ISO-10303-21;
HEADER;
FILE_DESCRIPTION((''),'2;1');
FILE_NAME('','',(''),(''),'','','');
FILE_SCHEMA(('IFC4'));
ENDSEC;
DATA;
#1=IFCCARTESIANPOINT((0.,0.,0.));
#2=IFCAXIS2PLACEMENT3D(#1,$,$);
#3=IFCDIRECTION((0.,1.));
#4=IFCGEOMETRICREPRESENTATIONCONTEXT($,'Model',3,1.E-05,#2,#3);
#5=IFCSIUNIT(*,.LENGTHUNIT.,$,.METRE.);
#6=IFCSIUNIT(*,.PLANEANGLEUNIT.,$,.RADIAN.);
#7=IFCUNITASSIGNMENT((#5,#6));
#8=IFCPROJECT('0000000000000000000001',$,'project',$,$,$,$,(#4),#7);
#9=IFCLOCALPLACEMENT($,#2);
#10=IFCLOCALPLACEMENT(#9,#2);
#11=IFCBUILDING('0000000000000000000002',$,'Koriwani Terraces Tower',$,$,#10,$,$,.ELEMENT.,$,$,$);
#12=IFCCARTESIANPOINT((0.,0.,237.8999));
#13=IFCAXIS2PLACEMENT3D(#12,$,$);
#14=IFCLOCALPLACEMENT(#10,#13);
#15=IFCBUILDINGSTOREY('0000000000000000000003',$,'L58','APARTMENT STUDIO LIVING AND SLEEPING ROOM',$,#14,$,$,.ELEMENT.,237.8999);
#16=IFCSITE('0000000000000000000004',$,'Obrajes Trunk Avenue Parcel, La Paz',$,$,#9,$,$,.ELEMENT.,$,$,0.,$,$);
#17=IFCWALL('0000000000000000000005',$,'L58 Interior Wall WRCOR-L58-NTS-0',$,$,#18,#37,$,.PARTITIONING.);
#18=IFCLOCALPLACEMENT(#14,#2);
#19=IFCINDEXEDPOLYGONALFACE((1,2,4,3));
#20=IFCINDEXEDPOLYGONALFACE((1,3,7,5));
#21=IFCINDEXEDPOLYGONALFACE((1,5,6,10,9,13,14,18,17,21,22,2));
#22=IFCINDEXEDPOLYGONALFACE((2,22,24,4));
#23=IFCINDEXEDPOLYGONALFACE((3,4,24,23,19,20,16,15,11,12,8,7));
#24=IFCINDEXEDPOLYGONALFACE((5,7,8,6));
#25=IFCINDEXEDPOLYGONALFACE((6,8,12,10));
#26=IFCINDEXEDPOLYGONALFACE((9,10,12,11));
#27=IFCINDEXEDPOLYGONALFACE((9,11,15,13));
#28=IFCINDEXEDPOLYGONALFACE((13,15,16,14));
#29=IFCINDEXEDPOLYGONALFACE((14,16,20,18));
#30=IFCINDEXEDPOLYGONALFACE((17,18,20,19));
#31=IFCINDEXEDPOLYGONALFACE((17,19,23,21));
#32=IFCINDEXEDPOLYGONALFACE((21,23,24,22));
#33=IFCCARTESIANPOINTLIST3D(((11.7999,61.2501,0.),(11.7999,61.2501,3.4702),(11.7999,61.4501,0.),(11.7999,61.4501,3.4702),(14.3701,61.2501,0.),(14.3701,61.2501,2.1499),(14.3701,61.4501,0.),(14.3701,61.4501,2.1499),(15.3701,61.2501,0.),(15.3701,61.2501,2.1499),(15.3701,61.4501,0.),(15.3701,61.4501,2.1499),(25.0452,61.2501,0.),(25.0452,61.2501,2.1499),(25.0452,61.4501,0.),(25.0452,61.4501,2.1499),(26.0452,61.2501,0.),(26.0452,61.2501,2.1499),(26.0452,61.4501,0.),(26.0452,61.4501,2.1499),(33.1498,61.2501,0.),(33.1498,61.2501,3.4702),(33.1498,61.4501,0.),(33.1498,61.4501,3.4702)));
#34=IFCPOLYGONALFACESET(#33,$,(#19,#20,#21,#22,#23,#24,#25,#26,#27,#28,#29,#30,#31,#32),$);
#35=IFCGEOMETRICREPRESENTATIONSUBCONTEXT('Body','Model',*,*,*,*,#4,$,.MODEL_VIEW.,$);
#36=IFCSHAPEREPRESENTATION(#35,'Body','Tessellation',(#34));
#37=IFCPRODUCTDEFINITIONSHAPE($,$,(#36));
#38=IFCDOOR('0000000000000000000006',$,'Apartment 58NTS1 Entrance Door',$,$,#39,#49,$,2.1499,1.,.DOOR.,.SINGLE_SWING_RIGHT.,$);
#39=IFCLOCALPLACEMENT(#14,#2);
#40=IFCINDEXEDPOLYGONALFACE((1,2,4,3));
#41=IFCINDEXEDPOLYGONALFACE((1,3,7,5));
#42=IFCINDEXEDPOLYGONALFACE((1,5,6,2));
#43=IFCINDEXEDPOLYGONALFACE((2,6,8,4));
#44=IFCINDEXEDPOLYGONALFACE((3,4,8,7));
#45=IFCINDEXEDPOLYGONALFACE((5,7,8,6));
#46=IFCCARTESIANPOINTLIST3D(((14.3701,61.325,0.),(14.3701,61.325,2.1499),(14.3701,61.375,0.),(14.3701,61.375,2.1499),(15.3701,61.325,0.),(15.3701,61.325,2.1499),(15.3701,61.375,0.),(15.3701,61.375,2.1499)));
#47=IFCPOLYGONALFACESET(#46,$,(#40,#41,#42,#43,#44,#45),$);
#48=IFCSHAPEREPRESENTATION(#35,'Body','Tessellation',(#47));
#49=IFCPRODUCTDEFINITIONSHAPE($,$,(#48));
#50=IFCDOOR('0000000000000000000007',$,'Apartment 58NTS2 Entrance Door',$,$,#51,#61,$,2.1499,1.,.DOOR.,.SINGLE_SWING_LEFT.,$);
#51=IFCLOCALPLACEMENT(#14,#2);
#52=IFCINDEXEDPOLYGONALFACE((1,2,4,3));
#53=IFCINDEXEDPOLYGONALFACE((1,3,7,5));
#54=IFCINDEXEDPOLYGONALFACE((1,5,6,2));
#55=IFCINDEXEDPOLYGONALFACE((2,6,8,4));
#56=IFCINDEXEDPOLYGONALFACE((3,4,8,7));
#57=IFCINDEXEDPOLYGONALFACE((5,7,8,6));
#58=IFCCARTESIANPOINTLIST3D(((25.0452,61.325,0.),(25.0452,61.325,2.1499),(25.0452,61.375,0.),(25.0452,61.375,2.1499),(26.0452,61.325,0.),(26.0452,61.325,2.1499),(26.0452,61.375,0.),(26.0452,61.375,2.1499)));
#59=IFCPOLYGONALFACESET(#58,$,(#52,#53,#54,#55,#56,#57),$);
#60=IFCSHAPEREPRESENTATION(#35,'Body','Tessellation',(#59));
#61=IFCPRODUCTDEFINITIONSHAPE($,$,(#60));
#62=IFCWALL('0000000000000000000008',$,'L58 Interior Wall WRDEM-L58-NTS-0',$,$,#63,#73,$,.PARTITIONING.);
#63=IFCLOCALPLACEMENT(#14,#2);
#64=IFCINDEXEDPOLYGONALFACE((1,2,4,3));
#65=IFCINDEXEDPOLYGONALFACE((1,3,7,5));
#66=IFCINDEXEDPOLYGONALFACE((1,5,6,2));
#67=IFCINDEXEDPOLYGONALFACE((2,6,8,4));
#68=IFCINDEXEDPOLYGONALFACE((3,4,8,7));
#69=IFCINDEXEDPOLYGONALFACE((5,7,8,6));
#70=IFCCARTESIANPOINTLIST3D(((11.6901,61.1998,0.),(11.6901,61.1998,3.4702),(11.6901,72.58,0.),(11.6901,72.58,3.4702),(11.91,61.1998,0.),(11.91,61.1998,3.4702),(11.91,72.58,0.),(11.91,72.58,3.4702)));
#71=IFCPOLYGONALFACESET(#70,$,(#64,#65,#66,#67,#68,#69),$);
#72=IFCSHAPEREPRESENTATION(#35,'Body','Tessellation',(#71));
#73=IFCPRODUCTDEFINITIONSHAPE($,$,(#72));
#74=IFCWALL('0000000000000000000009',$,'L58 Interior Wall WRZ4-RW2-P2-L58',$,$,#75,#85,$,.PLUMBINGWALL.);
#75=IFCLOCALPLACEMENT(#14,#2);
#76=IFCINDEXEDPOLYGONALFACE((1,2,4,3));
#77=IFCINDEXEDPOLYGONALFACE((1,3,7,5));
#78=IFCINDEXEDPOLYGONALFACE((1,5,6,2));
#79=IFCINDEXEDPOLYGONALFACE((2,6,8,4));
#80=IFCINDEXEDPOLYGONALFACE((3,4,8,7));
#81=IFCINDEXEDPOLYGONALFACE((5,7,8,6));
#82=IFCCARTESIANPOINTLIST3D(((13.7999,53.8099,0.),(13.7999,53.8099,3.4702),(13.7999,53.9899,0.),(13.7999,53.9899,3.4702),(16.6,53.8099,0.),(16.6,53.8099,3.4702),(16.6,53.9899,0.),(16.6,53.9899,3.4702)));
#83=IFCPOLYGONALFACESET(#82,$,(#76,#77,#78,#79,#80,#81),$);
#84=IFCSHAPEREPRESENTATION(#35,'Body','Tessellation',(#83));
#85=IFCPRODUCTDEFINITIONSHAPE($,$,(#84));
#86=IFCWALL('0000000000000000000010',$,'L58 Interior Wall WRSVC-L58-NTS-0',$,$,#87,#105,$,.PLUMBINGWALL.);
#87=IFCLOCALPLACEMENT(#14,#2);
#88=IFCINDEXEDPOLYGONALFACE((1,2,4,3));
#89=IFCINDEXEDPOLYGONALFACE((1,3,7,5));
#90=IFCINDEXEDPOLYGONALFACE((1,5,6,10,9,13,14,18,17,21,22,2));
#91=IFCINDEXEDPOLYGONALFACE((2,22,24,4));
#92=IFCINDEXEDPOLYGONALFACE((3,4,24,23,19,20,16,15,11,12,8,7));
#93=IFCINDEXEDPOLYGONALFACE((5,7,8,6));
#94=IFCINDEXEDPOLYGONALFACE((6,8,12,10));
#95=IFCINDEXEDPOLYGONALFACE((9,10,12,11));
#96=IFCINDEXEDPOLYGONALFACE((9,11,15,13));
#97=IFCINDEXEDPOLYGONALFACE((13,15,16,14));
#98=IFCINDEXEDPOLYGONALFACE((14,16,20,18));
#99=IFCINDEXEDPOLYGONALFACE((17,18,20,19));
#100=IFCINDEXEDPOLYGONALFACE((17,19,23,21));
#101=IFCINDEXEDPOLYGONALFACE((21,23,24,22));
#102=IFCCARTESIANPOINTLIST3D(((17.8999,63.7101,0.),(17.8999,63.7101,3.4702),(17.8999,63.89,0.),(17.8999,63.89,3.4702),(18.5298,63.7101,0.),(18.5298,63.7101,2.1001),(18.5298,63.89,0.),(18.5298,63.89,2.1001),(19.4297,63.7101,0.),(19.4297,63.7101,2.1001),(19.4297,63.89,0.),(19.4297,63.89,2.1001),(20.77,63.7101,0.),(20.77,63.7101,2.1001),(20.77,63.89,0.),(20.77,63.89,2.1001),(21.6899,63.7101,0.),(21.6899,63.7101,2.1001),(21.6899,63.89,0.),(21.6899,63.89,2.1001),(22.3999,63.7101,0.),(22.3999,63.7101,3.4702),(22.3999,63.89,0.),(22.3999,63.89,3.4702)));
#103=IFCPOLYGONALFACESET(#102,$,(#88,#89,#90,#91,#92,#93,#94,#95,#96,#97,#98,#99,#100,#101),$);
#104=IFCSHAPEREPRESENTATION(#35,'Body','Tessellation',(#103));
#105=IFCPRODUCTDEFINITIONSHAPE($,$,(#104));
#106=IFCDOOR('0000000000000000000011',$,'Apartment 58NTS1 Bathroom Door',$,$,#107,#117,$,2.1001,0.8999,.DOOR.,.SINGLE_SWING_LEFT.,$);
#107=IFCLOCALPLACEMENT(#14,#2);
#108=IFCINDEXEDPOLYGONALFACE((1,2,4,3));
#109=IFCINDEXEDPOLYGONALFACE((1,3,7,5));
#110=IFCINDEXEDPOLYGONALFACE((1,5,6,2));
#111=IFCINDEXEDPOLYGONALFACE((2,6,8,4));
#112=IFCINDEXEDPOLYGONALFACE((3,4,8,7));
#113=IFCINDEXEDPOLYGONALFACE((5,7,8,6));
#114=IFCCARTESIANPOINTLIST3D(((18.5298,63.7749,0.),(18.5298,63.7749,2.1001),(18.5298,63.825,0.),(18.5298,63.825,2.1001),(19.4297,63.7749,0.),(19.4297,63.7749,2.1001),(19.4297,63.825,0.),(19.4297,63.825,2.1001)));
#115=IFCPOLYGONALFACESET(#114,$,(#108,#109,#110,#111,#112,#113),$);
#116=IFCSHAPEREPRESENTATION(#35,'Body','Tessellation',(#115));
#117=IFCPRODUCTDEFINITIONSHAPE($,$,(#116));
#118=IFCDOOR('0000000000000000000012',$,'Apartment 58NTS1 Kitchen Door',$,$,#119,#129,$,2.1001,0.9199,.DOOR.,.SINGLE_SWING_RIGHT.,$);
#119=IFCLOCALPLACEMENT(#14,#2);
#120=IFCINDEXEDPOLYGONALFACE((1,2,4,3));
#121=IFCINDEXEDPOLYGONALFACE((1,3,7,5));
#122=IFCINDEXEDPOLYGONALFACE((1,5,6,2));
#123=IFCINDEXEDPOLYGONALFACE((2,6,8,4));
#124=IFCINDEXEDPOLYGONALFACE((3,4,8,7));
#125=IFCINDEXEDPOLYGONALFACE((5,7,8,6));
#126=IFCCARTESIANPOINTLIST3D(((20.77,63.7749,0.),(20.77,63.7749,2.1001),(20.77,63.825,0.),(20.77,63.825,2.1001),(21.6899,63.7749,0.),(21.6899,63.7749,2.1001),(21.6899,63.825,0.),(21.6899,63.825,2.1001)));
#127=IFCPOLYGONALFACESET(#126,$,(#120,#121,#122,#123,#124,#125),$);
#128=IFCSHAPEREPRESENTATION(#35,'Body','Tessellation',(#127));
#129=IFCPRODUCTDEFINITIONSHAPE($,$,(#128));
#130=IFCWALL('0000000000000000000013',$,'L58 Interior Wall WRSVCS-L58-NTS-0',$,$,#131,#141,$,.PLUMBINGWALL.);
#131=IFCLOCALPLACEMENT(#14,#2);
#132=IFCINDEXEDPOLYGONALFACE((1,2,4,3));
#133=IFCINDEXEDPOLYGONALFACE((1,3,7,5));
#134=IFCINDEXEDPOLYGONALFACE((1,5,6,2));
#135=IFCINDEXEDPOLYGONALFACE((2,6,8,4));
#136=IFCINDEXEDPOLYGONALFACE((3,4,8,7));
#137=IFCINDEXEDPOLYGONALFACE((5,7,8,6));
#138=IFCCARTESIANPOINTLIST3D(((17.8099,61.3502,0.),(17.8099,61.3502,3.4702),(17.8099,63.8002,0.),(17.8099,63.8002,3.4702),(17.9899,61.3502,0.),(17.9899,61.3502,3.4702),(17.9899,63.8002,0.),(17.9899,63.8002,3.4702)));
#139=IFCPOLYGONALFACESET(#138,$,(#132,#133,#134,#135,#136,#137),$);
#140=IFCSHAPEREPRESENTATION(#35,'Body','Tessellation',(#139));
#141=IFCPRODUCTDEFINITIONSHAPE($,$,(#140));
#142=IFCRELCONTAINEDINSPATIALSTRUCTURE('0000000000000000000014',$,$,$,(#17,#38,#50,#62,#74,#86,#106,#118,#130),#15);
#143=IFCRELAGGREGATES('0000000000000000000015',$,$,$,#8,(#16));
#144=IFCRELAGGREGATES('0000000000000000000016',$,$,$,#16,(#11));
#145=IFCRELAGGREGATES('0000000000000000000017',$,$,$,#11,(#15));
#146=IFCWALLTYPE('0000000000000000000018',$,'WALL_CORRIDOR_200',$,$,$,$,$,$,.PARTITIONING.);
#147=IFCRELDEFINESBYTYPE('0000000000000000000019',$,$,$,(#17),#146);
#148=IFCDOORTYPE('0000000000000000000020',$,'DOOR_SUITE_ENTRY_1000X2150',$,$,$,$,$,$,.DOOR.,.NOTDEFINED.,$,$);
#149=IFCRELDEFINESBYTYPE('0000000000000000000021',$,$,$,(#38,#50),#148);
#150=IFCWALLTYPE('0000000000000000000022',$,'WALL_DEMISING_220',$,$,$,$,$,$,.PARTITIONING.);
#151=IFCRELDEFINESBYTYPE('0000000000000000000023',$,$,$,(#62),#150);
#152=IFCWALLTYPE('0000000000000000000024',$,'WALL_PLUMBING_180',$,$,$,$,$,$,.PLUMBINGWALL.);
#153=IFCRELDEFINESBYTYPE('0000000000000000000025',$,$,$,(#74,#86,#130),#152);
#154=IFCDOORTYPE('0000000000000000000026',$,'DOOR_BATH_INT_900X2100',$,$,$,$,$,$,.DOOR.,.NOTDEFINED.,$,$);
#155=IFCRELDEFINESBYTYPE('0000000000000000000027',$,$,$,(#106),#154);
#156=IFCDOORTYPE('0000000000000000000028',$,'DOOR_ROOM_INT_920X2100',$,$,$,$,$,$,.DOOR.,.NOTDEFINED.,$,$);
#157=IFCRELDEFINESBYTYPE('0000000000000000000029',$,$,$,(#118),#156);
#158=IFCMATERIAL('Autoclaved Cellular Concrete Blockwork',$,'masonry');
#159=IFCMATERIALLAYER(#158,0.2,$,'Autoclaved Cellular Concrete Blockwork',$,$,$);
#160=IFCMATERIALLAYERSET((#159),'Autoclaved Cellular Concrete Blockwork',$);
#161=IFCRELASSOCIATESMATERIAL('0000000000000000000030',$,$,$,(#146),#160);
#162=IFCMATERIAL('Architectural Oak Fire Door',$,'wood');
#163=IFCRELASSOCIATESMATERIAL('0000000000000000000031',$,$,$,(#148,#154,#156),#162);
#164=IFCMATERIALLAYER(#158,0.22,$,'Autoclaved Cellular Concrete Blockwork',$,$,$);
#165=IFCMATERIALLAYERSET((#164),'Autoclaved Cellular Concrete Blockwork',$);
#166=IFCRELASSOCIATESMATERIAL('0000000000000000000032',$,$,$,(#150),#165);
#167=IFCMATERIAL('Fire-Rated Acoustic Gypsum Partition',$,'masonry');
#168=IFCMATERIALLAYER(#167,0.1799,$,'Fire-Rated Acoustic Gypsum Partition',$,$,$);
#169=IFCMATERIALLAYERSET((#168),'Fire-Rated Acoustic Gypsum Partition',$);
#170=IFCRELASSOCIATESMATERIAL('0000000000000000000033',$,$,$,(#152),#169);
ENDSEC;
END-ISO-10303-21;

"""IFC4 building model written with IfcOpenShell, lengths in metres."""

from ifc_helpers import new_model, si_unit, direction, frame, frame_2d, origin, place, context, subcontext, project, spatial, rectangle, extrude, material, layer, layer_set, type_object, element, fill, save


model = new_model("IFC4")

# Units and contexts
model_context = context("Model", 3, precision=1e-05, world=origin(), true_north=direction((0.0, 1.0)))
body_context = subcontext(model_context, "Body", "Model", "MODEL_VIEW")
ifc_project = project(units=[si_unit("LENGTHUNIT", "METRE"), si_unit("PLANEANGLEUNIT", "RADIAN")], contexts=[model_context])

# Site, building, storey
site_placement = place(None, origin())
site = spatial("IfcSite", under=ifc_project, at=site_placement, Name="Obrajes Trunk Avenue Parcel, La Paz", CompositionType="ELEMENT", RefElevation=0.0)
building_placement = place(site_placement, origin())
building = spatial("IfcBuilding", under=site, at=building_placement, Name="Koriwani Terraces Tower", CompositionType="ELEMENT")
storey_placement = place(building_placement, frame((0.0, 0.0, 237.8999)))
storey = spatial("IfcBuildingStorey", under=building, at=storey_placement, Name="L58", Description="APARTMENT STUDIO LIVING AND SLEEPING ROOM", CompositionType="ELEMENT", Elevation=237.8999)

# Shared definitions
ifc_material_1 = material(Name="Autoclaved Cellular Concrete Blockwork", Category="masonry")
ifc_layer_1 = layer(ifc_material_1, 0.2, Name="Autoclaved Cellular Concrete Blockwork")
ifc_layer_set_1 = layer_set([ifc_layer_1], Name="Autoclaved Cellular Concrete Blockwork")
wall_type_1 = type_object("IfcWallType", Name="WALL_CORRIDOR_200", PredefinedType="PARTITIONING", material=ifc_layer_set_1)
ifc_material_2 = material(Name="Architectural Oak Fire Door", Category="wood")
door_type_1 = type_object("IfcDoorType", Name="DOOR_SUITE_ENTRY_1000X2150", OperationType="NOTDEFINED", PredefinedType="DOOR", material=ifc_material_2)

# Wall, openings, doors
wall_1_placement = place(storey_placement, frame((11.8, 61.3501, 0.0), z_axis=(0.0, 0.0, 1.0), x_axis=(1.0, 0.0, 0.0)))
wall_1 = element("IfcWall", 1, at=wall_1_placement, inside=storey, type_object=wall_type_1, Name="L58 Interior Wall WRCOR-L58-NTS-0", PredefinedType="PARTITIONING", context=body_context, shape_type="SweptSolid", body=[
    extrude(rectangle(XDim=21.3499, YDim=0.2, at=frame_2d((10.6748, 0.0))), origin(), (0.0, 0.0, 1.0), 3.4702),
])
opening_1_placement = place(wall_1_placement, frame((2.5701, 0.0, 0.0)))
opening_1 = element("IfcOpeningElement", 2, at=opening_1_placement, cuts=wall_1, PredefinedType="OPENING", context=body_context, shape_type="SweptSolid", body=[
    extrude(rectangle(XDim=1.0, YDim=2.1499, at=frame_2d((0.5, 1.075))), frame((0.0, 0.1099, 0.0), z_axis=(0.0, -1.0, 0.0), x_axis=(1.0, 0.0, 0.0)), (0.0, 0.0, 1.0), 0.22),
])
opening_2_placement = place(wall_1_placement, frame((13.2451, 0.0, 0.0)))
opening_2 = element("IfcOpeningElement", 3, at=opening_2_placement, cuts=wall_1, PredefinedType="OPENING", context=body_context, shape_type="SweptSolid", body=[
    extrude(rectangle(XDim=1.0, YDim=2.1499, at=frame_2d((0.5, 1.075))), frame((0.0, 0.1099, 0.0), z_axis=(0.0, -1.0, 0.0), x_axis=(1.0, 0.0, 0.0)), (0.0, 0.0, 1.0), 0.22),
])
door_1_placement = place(opening_1_placement, origin())
door_1 = element("IfcDoor", 4, at=door_1_placement, inside=storey, type_object=door_type_1, Name="Apartment 58NTS1 Entrance Door", OperationType="SINGLE_SWING_RIGHT", OverallHeight=2.1499, OverallWidth=1.0, PredefinedType="DOOR", context=body_context, shape_type="SweptSolid", body=[
    extrude(rectangle(XDim=1.0, YDim=2.1499, at=frame_2d((0.5, 1.075))), frame((0.0, 0.0249, 0.0), z_axis=(0.0, -1.0, 0.0), x_axis=(1.0, 0.0, 0.0)), (0.0, 0.0, 1.0), 0.05),
])
fill(opening_1, door_1)
door_2_placement = place(opening_2_placement, origin())
door_2 = element("IfcDoor", 5, at=door_2_placement, inside=storey, type_object=door_type_1, Name="Apartment 58NTS2 Entrance Door", OperationType="SINGLE_SWING_LEFT", OverallHeight=2.1499, OverallWidth=1.0, PredefinedType="DOOR", context=body_context, shape_type="SweptSolid", body=[
    extrude(rectangle(XDim=1.0, YDim=2.1499, at=frame_2d((0.5, 1.075))), frame((0.0, 0.0249, 0.0), z_axis=(0.0, -1.0, 0.0), x_axis=(1.0, 0.0, 0.0)), (0.0, 0.0, 1.0), 0.05),
])
fill(opening_2, door_2)

# Walls
ifc_layer_2 = layer(ifc_material_1, 0.22, Name="Autoclaved Cellular Concrete Blockwork")
ifc_layer_set_2 = layer_set([ifc_layer_2], Name="Autoclaved Cellular Concrete Blockwork")
wall_type_2 = type_object("IfcWallType", Name="WALL_DEMISING_220", PredefinedType="PARTITIONING", material=ifc_layer_set_2)
wall_2_placement = place(storey_placement, frame((11.8, 61.2, 0.0), z_axis=(0.0, 0.0, 1.0), x_axis=(0.0, 1.0, 0.0)))
element("IfcWall", 6, at=wall_2_placement, inside=storey, type_object=wall_type_2, Name="L58 Interior Wall WRDEM-L58-NTS-0", PredefinedType="PARTITIONING", context=body_context, shape_type="SweptSolid", body=[
    extrude(rectangle(XDim=11.3801, YDim=0.22, at=frame_2d((5.6899, 0.0))), origin(), (0.0, 0.0, 1.0), 3.4702),
])
ifc_material_3 = material(Name="Fire-Rated Acoustic Gypsum Partition", Category="masonry")
ifc_layer_3 = layer(ifc_material_3, 0.1799, Name="Fire-Rated Acoustic Gypsum Partition")
ifc_layer_set_3 = layer_set([ifc_layer_3], Name="Fire-Rated Acoustic Gypsum Partition")
wall_type_3 = type_object("IfcWallType", Name="WALL_PLUMBING_180", PredefinedType="PLUMBINGWALL", material=ifc_layer_set_3)
wall_3_placement = place(storey_placement, frame((13.8, 53.8999, 0.0), z_axis=(0.0, 0.0, 1.0), x_axis=(1.0, 0.0, 0.0)))
element("IfcWall", 7, at=wall_3_placement, inside=storey, type_object=wall_type_3, Name="L58 Interior Wall WRZ4-RW2-P2-L58", PredefinedType="PLUMBINGWALL", context=body_context, shape_type="SweptSolid", body=[
    extrude(rectangle(XDim=2.8, YDim=0.1799, at=frame_2d((1.3999, 0.0))), origin(), (0.0, 0.0, 1.0), 3.4702),
])

# Wall, openings, doors
wall_4_placement = place(storey_placement, frame((17.8999, 63.8, 0.0), z_axis=(0.0, 0.0, 1.0), x_axis=(1.0, 0.0, 0.0)))
wall_4 = element("IfcWall", 8, at=wall_4_placement, inside=storey, type_object=wall_type_3, Name="L58 Interior Wall WRSVC-L58-NTS-0", PredefinedType="PLUMBINGWALL", context=body_context, shape_type="SweptSolid", body=[
    extrude(rectangle(XDim=4.5, YDim=0.1799, at=frame_2d((2.25, 0.0))), origin(), (0.0, 0.0, 1.0), 3.4702),
])
opening_3_placement = place(wall_4_placement, frame((0.6299, 0.0, 0.0)))
opening_3 = element("IfcOpeningElement", 9, at=opening_3_placement, cuts=wall_4, PredefinedType="OPENING", context=body_context, shape_type="SweptSolid", body=[
    extrude(rectangle(XDim=0.8999, YDim=2.1001, at=frame_2d((0.45, 1.05))), frame((0.0, 0.1001, 0.0), z_axis=(0.0, -1.0, 0.0), x_axis=(1.0, 0.0, 0.0)), (0.0, 0.0, 1.0), 0.2),
])
opening_4_placement = place(wall_4_placement, frame((2.8701, 0.0, 0.0)))
opening_4 = element("IfcOpeningElement", 10, at=opening_4_placement, cuts=wall_4, PredefinedType="OPENING", context=body_context, shape_type="SweptSolid", body=[
    extrude(rectangle(XDim=0.9199, YDim=2.1001, at=frame_2d((0.46, 1.05))), frame((0.0, 0.1001, 0.0), z_axis=(0.0, -1.0, 0.0), x_axis=(1.0, 0.0, 0.0)), (0.0, 0.0, 1.0), 0.2),
])
door_type_2 = type_object("IfcDoorType", Name="DOOR_BATH_INT_900X2100", OperationType="NOTDEFINED", PredefinedType="DOOR", material=ifc_material_2)
door_3_placement = place(opening_3_placement, origin())
door_3 = element("IfcDoor", 11, at=door_3_placement, inside=storey, type_object=door_type_2, Name="Apartment 58NTS1 Bathroom Door", OperationType="SINGLE_SWING_LEFT", OverallHeight=2.1001, OverallWidth=0.8999, PredefinedType="DOOR", context=body_context, shape_type="SweptSolid", body=[
    extrude(rectangle(XDim=0.8999, YDim=2.1001, at=frame_2d((0.45, 1.05))), frame((0.0, 0.0249, 0.0), z_axis=(0.0, -1.0, 0.0), x_axis=(1.0, 0.0, 0.0)), (0.0, 0.0, 1.0), 0.05),
])
fill(opening_3, door_3)
door_type_3 = type_object("IfcDoorType", Name="DOOR_ROOM_INT_920X2100", OperationType="NOTDEFINED", PredefinedType="DOOR", material=ifc_material_2)
door_4_placement = place(opening_4_placement, origin())
door_4 = element("IfcDoor", 12, at=door_4_placement, inside=storey, type_object=door_type_3, Name="Apartment 58NTS1 Kitchen Door", OperationType="SINGLE_SWING_RIGHT", OverallHeight=2.1001, OverallWidth=0.9199, PredefinedType="DOOR", context=body_context, shape_type="SweptSolid", body=[
    extrude(rectangle(XDim=0.9199, YDim=2.1001, at=frame_2d((0.46, 1.05))), frame((0.0, 0.0249, 0.0), z_axis=(0.0, -1.0, 0.0), x_axis=(1.0, 0.0, 0.0)), (0.0, 0.0, 1.0), 0.05),
])
fill(opening_4, door_4)

# Wall
wall_5_placement = place(storey_placement, frame((17.8999, 61.3501, 0.0), z_axis=(0.0, 0.0, 1.0), x_axis=(0.0, 1.0, 0.0)))
element("IfcWall", 13, at=wall_5_placement, inside=storey, type_object=wall_type_3, Name="L58 Interior Wall WRSVCS-L58-NTS-0", PredefinedType="PLUMBINGWALL", context=body_context, shape_type="SweptSolid", body=[
    extrude(rectangle(XDim=2.45, YDim=0.1799, at=frame_2d((1.2251, 0.0))), origin(), (0.0, 0.0, 1.0), 3.4702),
])

save(model, "model.ifc")
